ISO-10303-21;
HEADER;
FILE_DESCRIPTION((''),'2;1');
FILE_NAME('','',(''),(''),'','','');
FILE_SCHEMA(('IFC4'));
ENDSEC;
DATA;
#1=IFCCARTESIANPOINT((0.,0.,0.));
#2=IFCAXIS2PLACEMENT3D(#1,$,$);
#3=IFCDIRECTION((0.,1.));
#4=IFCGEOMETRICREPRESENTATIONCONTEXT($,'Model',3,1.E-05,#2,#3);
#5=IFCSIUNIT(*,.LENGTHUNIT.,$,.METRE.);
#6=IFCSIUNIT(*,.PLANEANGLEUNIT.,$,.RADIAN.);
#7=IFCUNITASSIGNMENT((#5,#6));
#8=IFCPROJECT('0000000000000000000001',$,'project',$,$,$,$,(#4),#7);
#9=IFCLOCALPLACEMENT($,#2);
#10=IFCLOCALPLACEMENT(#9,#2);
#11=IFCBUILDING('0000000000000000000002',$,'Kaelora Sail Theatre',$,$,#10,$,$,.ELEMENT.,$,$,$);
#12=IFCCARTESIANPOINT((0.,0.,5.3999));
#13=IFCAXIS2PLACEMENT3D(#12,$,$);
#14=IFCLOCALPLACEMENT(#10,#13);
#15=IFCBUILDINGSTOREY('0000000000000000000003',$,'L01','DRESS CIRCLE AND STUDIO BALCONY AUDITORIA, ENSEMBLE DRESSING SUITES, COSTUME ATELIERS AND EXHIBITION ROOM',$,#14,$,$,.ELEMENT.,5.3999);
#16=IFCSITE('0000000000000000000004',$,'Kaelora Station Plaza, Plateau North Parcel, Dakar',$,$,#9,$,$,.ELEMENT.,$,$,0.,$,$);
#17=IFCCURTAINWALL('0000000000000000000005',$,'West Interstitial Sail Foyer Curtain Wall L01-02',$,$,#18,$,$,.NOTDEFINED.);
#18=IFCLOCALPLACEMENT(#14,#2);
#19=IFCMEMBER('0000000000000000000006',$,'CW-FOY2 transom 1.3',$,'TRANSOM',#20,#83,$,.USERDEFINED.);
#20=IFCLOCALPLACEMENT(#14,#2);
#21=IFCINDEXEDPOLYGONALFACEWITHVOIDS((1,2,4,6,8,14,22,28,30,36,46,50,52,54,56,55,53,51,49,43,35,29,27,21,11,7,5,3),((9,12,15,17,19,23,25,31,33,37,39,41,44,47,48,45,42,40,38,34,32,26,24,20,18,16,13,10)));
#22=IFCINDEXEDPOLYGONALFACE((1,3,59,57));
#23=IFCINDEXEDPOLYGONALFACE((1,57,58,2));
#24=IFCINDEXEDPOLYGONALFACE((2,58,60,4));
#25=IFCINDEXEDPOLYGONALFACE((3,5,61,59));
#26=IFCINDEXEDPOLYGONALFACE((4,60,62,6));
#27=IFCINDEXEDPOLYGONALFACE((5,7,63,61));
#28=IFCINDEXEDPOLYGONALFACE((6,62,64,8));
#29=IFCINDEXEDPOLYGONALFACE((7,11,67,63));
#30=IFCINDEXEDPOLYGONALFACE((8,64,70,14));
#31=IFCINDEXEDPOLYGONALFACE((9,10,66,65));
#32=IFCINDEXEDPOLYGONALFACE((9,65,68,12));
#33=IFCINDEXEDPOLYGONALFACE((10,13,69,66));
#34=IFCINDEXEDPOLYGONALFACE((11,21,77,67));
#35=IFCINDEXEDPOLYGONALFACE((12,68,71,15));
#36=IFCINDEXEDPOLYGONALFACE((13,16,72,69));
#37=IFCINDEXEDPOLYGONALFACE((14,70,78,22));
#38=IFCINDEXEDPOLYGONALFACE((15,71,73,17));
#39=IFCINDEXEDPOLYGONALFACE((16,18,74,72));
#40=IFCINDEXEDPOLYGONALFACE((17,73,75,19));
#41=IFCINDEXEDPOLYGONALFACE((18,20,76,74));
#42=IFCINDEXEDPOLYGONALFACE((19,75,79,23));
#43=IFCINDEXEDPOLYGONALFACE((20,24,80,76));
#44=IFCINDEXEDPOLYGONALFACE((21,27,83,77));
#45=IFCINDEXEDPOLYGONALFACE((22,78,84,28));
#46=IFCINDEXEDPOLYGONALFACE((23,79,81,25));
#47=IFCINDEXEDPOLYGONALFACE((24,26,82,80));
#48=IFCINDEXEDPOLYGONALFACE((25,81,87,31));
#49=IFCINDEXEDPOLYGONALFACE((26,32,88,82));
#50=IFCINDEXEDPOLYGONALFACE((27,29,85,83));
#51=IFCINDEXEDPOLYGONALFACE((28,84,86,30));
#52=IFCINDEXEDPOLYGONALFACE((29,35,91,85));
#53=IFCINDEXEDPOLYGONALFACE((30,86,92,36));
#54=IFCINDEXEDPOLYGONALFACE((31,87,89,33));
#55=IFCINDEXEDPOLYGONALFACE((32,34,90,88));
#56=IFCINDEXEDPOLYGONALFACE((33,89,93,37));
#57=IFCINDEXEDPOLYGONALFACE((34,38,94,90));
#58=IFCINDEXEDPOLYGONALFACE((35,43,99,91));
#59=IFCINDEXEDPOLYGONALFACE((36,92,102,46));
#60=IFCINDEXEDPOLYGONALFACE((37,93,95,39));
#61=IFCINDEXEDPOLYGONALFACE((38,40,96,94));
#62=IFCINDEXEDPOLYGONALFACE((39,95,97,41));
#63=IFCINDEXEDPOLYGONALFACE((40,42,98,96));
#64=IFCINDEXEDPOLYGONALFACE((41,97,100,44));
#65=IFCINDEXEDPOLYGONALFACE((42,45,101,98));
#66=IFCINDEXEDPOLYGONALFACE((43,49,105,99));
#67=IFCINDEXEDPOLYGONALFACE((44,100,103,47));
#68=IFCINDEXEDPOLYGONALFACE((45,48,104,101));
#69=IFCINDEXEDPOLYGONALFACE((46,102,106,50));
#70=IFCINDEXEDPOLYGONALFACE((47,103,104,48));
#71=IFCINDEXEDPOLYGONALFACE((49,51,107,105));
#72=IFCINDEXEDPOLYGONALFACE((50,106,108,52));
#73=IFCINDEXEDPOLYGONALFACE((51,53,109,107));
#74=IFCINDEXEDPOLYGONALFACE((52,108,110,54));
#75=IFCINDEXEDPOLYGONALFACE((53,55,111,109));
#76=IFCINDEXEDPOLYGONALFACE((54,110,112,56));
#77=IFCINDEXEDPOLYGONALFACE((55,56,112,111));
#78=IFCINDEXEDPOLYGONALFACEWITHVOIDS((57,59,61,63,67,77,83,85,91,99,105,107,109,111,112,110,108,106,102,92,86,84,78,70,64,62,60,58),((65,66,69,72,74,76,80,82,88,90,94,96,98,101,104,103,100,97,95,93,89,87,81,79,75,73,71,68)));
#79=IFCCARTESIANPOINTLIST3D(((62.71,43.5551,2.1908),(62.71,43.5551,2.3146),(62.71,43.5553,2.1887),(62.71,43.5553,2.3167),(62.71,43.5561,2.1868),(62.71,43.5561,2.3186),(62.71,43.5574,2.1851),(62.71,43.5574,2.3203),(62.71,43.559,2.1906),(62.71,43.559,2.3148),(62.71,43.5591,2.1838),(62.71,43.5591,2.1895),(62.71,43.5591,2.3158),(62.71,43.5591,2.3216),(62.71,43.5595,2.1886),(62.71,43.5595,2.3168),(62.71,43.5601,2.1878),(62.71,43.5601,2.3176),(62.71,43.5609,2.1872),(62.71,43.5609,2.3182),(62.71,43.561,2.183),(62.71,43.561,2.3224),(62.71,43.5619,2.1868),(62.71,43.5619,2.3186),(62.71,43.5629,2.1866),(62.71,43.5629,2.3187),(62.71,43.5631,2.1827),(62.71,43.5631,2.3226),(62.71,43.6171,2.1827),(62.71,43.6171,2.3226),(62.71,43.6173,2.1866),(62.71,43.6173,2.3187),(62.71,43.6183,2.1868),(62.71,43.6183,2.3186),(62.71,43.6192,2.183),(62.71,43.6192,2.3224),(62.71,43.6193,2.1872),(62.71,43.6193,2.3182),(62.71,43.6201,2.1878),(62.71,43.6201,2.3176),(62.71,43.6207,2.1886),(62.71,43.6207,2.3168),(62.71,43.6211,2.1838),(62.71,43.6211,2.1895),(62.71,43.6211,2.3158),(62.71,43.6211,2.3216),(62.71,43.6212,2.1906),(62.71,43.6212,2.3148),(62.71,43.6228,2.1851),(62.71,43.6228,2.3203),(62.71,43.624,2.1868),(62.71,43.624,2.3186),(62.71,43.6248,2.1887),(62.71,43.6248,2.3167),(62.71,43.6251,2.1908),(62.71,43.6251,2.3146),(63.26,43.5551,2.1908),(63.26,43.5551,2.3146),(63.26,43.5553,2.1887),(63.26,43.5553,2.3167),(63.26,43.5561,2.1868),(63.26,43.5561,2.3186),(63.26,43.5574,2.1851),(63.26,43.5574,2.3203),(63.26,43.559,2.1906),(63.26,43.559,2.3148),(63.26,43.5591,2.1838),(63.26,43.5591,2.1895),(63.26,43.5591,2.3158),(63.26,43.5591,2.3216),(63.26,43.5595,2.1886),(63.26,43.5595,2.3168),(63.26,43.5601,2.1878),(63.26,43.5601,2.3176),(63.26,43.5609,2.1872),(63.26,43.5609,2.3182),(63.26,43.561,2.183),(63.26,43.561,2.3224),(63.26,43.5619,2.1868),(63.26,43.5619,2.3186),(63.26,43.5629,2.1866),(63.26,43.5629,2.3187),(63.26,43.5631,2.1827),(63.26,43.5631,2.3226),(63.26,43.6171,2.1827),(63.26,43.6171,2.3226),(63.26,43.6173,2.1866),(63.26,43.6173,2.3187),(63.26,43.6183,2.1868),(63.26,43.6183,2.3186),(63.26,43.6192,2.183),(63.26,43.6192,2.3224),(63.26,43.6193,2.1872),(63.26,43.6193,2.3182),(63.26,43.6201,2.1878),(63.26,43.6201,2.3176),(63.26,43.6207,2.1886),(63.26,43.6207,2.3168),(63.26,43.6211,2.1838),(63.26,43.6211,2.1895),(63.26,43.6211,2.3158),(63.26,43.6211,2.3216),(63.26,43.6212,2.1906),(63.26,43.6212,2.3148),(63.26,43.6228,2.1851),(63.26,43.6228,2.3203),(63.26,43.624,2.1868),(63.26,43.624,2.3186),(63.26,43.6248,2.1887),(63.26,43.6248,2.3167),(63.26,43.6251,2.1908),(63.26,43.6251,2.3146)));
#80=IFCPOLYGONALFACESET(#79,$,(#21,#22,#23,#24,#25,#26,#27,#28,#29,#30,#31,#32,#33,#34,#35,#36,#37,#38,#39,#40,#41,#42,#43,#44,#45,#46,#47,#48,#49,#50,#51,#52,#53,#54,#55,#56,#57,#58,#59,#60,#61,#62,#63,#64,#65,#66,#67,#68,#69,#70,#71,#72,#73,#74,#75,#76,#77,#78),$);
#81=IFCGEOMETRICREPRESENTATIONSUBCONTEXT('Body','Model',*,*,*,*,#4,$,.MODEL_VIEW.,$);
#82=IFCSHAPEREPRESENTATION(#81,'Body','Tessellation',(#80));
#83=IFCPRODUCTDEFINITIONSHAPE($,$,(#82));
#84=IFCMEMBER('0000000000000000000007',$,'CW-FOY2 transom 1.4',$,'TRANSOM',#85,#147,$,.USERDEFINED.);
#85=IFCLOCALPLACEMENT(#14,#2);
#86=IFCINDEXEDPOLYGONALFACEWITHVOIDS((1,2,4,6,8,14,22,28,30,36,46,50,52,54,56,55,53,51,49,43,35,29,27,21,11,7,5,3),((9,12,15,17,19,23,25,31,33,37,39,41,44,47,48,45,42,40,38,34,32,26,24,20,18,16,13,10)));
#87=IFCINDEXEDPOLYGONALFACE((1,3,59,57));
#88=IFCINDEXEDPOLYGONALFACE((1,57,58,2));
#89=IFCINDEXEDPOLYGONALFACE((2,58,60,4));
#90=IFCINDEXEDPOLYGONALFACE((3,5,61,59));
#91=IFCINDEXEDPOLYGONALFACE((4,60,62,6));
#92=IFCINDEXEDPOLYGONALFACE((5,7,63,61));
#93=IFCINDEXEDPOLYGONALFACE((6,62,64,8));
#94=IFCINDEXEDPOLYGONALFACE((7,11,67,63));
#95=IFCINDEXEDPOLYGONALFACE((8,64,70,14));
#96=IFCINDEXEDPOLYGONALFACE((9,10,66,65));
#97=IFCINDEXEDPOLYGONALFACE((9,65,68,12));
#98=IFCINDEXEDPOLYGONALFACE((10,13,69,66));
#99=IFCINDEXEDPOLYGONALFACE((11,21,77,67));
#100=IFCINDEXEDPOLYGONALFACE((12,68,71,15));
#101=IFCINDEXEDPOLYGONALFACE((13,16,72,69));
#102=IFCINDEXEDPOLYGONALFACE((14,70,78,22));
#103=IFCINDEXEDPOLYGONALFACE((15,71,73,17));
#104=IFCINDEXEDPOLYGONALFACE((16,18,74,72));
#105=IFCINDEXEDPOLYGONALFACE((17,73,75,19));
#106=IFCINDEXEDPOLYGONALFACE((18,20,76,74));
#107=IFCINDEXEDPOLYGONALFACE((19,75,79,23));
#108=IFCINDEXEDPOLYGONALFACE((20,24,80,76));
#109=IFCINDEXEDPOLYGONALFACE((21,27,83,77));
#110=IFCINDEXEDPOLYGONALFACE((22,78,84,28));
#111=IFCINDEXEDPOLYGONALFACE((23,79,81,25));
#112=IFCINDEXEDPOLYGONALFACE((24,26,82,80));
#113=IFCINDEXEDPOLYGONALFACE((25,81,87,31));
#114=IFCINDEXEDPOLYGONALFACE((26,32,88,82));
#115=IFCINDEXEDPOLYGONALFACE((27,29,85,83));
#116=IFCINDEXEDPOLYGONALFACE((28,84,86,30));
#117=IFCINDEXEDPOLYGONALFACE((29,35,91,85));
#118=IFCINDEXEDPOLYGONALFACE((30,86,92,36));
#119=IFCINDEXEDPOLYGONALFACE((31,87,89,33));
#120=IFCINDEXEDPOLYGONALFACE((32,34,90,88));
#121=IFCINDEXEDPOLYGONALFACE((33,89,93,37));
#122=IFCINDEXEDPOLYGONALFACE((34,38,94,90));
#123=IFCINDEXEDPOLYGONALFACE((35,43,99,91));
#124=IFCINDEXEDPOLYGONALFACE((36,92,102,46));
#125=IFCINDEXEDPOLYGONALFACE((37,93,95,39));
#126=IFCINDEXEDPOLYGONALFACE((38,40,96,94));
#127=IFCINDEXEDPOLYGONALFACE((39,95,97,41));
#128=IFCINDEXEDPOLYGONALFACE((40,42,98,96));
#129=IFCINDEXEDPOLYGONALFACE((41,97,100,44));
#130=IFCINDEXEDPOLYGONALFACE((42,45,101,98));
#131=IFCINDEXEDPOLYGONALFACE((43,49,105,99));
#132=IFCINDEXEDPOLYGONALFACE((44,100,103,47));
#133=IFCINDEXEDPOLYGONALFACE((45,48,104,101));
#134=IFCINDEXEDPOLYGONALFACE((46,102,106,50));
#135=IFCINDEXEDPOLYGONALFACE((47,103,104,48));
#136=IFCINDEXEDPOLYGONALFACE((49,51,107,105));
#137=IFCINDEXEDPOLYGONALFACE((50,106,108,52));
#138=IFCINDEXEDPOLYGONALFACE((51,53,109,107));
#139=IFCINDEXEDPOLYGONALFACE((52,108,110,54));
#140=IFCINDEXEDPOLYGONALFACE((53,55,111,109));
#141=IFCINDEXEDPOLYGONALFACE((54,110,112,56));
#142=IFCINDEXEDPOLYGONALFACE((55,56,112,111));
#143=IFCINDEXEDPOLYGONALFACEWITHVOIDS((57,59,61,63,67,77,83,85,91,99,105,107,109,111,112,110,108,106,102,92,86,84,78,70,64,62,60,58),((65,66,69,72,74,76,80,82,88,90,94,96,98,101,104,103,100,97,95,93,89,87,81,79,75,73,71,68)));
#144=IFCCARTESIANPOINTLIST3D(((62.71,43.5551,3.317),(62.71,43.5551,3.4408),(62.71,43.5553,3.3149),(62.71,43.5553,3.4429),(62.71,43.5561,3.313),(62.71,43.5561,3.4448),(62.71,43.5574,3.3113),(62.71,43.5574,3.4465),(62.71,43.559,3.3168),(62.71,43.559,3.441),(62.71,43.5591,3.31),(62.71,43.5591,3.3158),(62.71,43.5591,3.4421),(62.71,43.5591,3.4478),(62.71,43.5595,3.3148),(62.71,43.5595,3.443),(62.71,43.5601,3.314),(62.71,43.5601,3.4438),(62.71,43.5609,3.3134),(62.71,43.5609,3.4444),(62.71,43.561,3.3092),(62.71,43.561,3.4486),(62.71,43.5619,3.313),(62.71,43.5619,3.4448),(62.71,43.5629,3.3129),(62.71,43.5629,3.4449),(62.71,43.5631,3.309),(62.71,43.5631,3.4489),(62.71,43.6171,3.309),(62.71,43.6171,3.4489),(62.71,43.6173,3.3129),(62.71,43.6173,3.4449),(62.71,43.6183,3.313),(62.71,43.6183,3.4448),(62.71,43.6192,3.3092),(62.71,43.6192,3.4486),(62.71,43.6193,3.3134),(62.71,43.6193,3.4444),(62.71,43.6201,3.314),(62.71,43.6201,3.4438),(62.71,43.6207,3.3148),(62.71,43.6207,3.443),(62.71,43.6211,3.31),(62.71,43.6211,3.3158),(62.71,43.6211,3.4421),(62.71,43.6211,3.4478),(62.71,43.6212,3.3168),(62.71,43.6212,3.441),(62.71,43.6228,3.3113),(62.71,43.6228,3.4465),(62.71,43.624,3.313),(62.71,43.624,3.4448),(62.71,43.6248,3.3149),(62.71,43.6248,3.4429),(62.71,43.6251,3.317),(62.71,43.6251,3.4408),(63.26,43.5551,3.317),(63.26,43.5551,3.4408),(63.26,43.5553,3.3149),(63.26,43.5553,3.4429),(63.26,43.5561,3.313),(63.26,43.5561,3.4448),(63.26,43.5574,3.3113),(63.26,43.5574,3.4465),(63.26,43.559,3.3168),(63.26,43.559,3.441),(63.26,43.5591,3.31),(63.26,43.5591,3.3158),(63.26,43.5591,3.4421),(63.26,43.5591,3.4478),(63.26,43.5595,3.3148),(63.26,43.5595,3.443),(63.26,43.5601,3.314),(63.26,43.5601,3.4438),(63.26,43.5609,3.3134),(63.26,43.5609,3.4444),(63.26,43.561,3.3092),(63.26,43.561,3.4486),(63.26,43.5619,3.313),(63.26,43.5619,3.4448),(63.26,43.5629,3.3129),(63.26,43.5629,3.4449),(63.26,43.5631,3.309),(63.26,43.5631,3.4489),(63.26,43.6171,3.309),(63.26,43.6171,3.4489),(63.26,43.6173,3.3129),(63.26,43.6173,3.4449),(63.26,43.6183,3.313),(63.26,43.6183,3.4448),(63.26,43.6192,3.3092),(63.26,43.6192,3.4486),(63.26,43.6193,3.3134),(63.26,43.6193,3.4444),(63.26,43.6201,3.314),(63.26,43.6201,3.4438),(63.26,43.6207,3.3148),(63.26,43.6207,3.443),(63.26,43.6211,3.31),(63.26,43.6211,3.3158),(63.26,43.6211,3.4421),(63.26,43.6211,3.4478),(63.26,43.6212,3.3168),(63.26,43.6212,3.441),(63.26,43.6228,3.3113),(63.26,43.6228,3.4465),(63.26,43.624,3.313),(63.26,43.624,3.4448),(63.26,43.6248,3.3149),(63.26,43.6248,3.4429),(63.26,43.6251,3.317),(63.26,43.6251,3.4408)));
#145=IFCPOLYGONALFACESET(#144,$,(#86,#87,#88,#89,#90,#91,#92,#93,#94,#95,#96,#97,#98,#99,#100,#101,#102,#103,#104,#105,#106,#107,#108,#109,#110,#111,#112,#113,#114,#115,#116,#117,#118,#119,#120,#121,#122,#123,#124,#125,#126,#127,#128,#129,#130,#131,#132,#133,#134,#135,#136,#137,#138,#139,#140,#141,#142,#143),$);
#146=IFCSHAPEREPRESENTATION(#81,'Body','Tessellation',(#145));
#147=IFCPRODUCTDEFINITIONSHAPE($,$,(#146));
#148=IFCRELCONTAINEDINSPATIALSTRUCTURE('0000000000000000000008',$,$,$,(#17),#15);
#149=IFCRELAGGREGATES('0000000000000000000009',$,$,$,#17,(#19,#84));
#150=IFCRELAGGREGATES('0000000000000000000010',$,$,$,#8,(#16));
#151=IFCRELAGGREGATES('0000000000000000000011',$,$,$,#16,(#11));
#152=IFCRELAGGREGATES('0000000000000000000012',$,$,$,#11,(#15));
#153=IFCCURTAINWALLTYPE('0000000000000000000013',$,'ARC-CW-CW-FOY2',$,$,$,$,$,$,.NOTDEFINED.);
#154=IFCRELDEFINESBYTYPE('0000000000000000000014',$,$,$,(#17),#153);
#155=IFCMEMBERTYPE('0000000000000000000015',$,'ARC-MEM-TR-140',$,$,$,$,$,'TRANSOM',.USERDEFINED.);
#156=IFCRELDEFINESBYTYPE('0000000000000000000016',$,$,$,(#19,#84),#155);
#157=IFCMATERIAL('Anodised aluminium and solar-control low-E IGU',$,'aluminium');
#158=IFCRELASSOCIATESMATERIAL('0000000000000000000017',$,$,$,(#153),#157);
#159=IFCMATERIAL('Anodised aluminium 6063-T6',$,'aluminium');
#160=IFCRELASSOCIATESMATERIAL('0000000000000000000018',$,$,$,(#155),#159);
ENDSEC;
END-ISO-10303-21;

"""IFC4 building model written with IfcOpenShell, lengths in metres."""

from ifc_helpers import new_model, si_unit, direction, frame, origin, origin_2d, place, context, subcontext, project, spatial, hollow_rectangle, extrude, material, material_profile, profile_set, type_object, element, aggregate, save


model = new_model("IFC4")

# Units and contexts
model_context = context("Model", 3, precision=1e-05, world=origin(), true_north=direction((0.0, 1.0)))
body_context = subcontext(model_context, "Body", "Model", "MODEL_VIEW")
ifc_project = project(units=[si_unit("LENGTHUNIT", "METRE"), si_unit("PLANEANGLEUNIT", "RADIAN")], contexts=[model_context])

# Site, building, storey
site_placement = place(None, origin())
site = spatial("IfcSite", under=ifc_project, at=site_placement, Name="Kaelora Station Plaza, Plateau North Parcel, Dakar", CompositionType="ELEMENT", RefElevation=0.0)
building_placement = place(site_placement, origin())
building = spatial("IfcBuilding", under=site, at=building_placement, Name="Kaelora Sail Theatre", CompositionType="ELEMENT")
storey_placement = place(building_placement, frame((0.0, 0.0, 5.3999)))
storey = spatial("IfcBuildingStorey", under=building, at=storey_placement, Name="L01", Description="DRESS CIRCLE AND STUDIO BALCONY AUDITORIA, ENSEMBLE DRESSING SUITES, COSTUME ATELIERS AND EXHIBITION ROOM", CompositionType="ELEMENT", Elevation=5.3999)

# Shared definitions
ifc_material_1 = material(Name="Anodised aluminium and solar-control low-E IGU", Category="aluminium")
curtain_wall_type = type_object("IfcCurtainWallType", Name="ARC-CW-CW-FOY2", PredefinedType="NOTDEFINED", material=ifc_material_1)

# Curtain wall, members
curtain_wall_1_placement = place(storey_placement, origin())
curtain_wall_1 = element("IfcCurtainWall", 1, at=curtain_wall_1_placement, inside=storey, type_object=curtain_wall_type, Name="West Interstitial Sail Foyer Curtain Wall L01-02", PredefinedType="NOTDEFINED")
ifc_material_2 = material(Name="Anodised aluminium 6063-T6", Category="aluminium")
ifc_material_profile_1 = material_profile(ifc_material_2, hollow_rectangle(XDim=0.0701, YDim=0.1399, WallThickness=0.0039, InnerFilletRadius=0.0039, OuterFilletRadius=0.0081, at=origin_2d()), Name="ALU-TRAN 70x140x4")
ifc_profile_set_1 = profile_set([ifc_material_profile_1], Name="Anodised aluminium 6063-T6")
member_type_1 = type_object("IfcMemberType", Name="ARC-MEM-TR-140", ElementType="TRANSOM", PredefinedType="USERDEFINED", material=ifc_profile_set_1)
member_1_placement = place(storey_placement, frame((62.71, 43.5901, 2.2527), z_axis=(1.0, 0.0, 0.0), x_axis=(0.0, 1.0, 0.0)))
member_1 = element("IfcMember", 2, at=member_1_placement, type_object=member_type_1, Name="CW-FOY2 transom 1.3", ObjectType="TRANSOM", PredefinedType="USERDEFINED", context=body_context, shape_type="SweptSolid", body=[
    extrude(hollow_rectangle(XDim=0.0701, YDim=0.1399, WallThickness=0.0039, InnerFilletRadius=0.0039, OuterFilletRadius=0.0081, at=origin_2d()), origin(), (0.0, 0.0, 1.0), 0.55),
])
member_2_placement = place(storey_placement, frame((62.71, 43.5901, 3.3789), z_axis=(1.0, 0.0, 0.0), x_axis=(0.0, 1.0, 0.0)))
member_2 = element("IfcMember", 3, at=member_2_placement, type_object=member_type_1, Name="CW-FOY2 transom 1.4", ObjectType="TRANSOM", PredefinedType="USERDEFINED", context=body_context, shape_type="SweptSolid", body=[
    extrude(hollow_rectangle(XDim=0.0701, YDim=0.1399, WallThickness=0.0039, InnerFilletRadius=0.0039, OuterFilletRadius=0.0081, at=origin_2d()), origin(), (0.0, 0.0, 1.0), 0.55),
])

aggregate(curtain_wall_1, [member_1, member_2])

save(model, "model.ifc")
